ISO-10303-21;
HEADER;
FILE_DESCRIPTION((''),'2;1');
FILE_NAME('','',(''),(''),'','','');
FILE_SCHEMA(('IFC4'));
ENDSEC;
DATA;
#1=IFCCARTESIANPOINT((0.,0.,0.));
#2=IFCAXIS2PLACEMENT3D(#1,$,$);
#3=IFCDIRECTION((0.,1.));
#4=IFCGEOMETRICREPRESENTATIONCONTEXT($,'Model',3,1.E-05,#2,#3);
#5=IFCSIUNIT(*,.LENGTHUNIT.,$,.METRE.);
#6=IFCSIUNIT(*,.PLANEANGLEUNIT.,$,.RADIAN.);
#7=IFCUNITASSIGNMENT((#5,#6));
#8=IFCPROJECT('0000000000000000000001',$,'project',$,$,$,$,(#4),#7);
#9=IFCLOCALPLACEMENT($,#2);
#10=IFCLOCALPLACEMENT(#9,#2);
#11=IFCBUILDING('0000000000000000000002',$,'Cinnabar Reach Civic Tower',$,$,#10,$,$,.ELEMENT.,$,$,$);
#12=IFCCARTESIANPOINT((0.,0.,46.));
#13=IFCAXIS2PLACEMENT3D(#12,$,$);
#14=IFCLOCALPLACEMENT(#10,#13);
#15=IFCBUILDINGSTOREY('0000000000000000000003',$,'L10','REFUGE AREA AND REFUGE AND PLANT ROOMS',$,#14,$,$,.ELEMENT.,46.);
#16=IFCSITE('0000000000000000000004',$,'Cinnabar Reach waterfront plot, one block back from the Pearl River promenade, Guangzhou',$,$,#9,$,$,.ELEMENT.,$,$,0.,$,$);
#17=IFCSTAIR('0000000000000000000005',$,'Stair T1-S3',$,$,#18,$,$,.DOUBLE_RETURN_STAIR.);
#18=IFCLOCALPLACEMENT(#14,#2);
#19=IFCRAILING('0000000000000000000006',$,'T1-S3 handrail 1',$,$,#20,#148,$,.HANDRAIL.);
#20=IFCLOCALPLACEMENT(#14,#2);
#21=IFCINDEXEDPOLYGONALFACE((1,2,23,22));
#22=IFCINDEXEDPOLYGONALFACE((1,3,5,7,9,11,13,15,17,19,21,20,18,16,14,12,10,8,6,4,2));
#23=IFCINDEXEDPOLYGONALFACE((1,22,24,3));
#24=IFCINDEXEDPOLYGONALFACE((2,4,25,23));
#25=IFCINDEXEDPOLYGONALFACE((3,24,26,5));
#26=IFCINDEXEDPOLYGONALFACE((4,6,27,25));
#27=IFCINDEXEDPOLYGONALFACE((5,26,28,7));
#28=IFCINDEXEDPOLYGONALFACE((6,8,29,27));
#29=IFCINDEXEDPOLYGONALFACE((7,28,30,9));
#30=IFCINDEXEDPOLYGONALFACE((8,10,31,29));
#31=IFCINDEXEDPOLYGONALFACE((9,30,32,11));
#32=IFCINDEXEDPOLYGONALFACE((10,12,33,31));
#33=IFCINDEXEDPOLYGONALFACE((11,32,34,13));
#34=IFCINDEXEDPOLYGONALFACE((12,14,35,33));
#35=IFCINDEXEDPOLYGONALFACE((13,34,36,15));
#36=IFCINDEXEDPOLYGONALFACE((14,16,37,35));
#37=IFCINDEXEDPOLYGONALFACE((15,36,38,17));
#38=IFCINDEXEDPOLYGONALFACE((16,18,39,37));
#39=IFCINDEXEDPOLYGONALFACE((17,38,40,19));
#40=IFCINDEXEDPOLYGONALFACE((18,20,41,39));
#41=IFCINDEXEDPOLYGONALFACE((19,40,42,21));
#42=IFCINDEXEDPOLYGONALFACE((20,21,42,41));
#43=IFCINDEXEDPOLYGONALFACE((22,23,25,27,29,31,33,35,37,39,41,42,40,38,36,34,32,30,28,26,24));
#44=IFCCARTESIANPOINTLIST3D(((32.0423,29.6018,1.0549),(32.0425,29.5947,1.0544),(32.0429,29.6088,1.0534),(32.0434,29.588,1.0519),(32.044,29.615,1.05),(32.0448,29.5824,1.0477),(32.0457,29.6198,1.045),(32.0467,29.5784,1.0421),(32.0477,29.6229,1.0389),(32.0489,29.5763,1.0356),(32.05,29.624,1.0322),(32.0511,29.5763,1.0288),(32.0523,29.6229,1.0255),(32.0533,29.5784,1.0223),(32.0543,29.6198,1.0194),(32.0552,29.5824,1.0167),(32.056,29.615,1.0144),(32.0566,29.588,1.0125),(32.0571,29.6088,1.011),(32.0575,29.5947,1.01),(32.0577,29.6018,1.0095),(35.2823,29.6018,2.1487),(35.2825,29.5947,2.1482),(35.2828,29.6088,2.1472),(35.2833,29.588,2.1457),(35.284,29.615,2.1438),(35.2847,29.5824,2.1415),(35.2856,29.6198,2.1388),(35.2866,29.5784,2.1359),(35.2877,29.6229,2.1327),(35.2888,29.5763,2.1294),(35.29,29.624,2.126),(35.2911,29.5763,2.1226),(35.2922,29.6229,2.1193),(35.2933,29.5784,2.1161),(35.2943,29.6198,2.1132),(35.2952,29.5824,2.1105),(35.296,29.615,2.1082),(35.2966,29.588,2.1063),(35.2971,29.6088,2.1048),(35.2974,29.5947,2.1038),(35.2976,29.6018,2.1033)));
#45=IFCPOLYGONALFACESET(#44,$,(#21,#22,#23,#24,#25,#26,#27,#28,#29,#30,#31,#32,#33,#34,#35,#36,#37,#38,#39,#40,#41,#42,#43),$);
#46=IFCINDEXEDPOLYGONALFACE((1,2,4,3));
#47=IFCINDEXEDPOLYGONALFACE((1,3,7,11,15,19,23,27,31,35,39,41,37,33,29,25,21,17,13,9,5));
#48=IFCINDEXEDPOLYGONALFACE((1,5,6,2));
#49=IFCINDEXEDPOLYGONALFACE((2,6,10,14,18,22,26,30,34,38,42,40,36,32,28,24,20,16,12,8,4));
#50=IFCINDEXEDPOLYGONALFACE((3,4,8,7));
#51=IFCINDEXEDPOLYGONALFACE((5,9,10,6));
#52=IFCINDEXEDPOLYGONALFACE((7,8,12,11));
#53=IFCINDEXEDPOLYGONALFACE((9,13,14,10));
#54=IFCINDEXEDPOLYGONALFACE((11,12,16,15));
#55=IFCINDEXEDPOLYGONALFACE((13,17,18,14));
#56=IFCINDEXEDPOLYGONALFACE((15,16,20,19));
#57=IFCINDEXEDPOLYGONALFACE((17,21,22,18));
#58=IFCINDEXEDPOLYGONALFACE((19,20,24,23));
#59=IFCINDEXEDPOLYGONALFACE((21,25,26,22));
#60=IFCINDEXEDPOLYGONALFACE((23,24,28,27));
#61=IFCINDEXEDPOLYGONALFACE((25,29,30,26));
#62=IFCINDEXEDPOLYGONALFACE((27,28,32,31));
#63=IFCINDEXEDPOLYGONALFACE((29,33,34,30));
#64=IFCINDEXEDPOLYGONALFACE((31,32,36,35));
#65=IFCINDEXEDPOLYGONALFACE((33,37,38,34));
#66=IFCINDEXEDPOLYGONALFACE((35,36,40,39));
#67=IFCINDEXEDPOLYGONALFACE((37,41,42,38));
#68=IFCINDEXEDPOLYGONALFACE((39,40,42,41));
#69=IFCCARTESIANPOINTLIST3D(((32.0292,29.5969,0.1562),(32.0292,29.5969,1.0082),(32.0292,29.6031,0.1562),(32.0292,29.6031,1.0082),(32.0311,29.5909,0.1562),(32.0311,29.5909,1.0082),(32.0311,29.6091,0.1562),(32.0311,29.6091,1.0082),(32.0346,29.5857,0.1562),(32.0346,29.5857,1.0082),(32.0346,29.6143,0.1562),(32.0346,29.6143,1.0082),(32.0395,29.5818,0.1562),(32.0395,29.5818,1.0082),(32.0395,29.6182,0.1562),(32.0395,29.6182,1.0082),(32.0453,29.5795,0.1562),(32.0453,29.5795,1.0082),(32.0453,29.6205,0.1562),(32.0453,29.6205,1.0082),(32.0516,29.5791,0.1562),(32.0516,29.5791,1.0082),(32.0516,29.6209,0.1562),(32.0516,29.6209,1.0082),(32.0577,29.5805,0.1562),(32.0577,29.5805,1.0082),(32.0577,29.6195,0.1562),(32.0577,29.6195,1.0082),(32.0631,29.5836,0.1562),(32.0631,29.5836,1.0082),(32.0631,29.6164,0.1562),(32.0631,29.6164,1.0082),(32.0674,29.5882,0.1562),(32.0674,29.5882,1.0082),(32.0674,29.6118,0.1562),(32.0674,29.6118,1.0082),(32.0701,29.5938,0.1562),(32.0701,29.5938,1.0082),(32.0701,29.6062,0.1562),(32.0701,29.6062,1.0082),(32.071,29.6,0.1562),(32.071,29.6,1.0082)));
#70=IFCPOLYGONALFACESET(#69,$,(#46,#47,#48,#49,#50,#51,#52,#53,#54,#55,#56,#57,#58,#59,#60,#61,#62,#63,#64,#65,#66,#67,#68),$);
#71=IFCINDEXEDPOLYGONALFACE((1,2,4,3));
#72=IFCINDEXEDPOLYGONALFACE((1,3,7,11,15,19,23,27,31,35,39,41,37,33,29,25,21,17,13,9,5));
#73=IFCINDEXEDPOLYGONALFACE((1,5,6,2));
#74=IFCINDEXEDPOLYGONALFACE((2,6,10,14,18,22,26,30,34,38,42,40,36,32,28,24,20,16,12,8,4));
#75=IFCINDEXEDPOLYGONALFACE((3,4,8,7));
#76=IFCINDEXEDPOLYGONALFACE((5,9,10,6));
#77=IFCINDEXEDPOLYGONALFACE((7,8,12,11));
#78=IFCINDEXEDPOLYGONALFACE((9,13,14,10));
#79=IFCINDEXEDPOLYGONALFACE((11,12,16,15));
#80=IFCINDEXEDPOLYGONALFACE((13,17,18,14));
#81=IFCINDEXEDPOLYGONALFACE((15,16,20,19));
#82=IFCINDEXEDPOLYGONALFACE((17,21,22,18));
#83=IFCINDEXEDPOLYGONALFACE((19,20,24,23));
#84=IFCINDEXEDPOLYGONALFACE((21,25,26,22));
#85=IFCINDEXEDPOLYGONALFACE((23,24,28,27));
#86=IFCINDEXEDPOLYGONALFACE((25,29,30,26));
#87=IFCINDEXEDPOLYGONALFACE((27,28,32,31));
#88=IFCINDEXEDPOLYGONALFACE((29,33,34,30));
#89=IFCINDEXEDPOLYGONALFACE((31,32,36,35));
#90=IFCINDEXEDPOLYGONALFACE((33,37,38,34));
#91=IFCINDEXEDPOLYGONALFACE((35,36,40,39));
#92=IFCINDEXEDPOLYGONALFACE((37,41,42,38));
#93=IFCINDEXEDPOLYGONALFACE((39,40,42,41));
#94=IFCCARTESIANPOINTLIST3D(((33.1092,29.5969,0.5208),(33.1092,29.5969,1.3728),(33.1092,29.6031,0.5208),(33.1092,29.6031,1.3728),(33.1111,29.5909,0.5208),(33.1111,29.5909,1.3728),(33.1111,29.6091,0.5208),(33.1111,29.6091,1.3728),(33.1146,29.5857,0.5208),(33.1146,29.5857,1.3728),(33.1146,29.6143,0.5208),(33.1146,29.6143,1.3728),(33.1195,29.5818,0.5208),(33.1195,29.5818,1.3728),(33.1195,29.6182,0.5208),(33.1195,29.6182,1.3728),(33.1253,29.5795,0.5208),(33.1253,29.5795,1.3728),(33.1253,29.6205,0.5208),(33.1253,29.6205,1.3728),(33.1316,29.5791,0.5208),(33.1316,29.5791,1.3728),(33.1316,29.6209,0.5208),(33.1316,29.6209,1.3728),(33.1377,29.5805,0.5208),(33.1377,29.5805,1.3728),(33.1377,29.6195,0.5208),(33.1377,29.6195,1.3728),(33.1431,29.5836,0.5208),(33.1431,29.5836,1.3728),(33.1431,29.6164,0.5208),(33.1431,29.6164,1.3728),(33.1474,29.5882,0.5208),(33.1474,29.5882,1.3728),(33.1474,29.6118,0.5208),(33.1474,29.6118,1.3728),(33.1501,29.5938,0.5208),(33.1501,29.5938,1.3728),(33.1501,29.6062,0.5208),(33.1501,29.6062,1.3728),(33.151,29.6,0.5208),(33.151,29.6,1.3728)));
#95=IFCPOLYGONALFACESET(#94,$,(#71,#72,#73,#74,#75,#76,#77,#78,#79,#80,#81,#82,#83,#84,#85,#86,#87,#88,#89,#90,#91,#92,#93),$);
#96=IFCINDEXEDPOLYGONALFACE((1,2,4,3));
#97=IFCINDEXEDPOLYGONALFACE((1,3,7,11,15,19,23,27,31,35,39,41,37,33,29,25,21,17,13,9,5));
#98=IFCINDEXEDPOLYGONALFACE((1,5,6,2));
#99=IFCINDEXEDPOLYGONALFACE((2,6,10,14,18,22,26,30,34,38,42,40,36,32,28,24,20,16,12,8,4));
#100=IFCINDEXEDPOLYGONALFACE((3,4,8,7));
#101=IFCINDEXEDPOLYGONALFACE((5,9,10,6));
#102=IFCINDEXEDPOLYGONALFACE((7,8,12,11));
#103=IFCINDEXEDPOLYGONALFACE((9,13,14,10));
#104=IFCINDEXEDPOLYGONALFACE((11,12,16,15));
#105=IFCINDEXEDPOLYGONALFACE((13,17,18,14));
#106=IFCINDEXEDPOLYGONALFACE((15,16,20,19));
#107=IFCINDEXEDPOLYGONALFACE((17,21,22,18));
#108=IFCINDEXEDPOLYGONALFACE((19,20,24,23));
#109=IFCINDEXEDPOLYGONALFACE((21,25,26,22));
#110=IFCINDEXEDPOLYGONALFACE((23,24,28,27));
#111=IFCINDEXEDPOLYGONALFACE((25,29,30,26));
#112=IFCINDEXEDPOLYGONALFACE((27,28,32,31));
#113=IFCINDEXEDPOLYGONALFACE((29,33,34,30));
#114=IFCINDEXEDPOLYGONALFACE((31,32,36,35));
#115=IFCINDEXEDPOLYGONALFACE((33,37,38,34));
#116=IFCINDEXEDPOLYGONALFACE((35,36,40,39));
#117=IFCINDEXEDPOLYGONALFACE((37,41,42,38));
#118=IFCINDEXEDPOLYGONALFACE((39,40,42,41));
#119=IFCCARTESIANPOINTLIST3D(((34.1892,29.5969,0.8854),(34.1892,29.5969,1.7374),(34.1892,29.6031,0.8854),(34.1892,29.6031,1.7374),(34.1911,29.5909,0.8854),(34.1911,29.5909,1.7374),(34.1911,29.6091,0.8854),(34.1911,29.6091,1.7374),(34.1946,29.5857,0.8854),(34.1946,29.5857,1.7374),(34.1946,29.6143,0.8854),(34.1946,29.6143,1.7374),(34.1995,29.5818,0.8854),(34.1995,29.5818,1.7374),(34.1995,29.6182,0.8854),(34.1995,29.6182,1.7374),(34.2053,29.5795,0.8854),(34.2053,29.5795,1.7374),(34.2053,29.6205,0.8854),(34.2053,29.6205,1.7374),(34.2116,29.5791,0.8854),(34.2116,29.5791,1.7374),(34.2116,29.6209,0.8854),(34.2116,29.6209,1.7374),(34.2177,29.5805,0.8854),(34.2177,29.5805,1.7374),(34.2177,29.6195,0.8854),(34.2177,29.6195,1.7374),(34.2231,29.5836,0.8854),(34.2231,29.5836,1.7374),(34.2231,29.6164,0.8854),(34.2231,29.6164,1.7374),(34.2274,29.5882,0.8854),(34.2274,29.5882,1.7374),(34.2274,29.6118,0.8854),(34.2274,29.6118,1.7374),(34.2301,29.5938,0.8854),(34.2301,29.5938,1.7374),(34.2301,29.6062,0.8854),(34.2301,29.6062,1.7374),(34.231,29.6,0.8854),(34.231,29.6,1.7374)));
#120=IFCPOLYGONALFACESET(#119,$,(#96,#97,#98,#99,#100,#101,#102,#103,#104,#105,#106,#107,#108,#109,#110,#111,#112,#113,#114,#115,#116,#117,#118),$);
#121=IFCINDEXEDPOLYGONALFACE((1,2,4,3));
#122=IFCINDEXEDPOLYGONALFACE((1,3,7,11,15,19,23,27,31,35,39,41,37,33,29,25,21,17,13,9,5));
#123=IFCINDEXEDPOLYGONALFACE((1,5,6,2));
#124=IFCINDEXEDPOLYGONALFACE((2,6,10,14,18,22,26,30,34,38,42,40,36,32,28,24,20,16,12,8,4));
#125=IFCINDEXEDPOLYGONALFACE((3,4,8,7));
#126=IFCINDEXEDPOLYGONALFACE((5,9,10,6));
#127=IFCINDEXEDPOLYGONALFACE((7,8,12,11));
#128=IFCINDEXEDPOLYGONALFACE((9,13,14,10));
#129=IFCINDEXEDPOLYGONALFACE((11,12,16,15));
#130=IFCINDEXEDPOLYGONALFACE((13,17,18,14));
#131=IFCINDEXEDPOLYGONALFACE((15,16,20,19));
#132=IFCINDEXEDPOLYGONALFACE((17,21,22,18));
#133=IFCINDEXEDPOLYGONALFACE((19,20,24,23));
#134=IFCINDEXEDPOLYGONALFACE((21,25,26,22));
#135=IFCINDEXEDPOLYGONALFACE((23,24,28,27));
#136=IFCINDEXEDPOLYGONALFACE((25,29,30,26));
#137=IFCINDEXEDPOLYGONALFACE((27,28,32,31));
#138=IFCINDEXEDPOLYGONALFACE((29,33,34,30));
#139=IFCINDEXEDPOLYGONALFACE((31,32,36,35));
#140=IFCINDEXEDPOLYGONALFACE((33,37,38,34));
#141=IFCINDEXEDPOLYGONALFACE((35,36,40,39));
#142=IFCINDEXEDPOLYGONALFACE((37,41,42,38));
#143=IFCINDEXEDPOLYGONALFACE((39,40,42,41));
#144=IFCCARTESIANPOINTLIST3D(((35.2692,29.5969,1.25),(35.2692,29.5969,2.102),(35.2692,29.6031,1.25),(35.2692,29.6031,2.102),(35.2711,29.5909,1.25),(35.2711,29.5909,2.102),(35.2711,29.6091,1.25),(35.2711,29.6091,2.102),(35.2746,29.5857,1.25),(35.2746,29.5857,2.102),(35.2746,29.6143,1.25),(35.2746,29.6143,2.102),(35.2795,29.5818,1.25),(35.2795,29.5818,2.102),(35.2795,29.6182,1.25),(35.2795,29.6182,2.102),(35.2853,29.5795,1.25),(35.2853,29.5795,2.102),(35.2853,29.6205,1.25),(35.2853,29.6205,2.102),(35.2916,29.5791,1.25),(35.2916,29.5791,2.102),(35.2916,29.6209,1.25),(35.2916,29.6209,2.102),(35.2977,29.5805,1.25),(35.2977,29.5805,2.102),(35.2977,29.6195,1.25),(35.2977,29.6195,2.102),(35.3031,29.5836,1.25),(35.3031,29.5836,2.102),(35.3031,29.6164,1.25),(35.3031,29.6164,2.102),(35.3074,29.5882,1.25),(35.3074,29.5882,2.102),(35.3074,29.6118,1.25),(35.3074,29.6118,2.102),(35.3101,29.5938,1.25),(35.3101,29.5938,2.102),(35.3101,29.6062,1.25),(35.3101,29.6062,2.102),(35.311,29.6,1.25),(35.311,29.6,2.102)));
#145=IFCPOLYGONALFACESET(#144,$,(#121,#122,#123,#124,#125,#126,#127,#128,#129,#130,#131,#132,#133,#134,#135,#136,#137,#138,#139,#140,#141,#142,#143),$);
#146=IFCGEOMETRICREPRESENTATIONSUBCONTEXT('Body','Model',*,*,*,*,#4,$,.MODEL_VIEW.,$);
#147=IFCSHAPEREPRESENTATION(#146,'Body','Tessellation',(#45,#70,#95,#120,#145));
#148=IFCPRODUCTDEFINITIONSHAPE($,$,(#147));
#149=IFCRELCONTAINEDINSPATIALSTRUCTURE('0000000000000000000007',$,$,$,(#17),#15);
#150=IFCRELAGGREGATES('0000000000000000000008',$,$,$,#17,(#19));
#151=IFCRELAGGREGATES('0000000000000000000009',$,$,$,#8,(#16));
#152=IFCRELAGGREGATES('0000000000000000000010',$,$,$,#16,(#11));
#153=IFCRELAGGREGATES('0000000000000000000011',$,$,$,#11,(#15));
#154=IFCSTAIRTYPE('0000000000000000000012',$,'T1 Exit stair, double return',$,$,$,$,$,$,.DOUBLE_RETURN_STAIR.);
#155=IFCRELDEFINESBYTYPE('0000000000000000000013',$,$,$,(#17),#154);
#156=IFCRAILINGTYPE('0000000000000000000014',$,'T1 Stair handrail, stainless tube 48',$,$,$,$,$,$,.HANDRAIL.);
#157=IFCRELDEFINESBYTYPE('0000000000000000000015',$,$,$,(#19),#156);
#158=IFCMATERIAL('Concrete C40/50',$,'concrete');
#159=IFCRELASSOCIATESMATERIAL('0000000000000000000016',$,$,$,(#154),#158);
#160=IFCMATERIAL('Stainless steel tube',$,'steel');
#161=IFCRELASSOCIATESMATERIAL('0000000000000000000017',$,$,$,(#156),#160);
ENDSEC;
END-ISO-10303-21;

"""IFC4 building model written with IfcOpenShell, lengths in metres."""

from ifc_helpers import new_model, si_unit, direction, frame, origin, origin_2d, place, context, subcontext, project, spatial, circle, extrude, material, type_object, element, aggregate, save


model = new_model("IFC4")

# Units and contexts
model_context = context("Model", 3, precision=1e-05, world=origin(), true_north=direction((0.0, 1.0)))
body_context = subcontext(model_context, "Body", "Model", "MODEL_VIEW")
ifc_project = project(units=[si_unit("LENGTHUNIT", "METRE"), si_unit("PLANEANGLEUNIT", "RADIAN")], contexts=[model_context])

# Site, building, storey
site_placement = place(None, origin())
site = spatial("IfcSite", under=ifc_project, at=site_placement, Name="Cinnabar Reach waterfront plot, one block back from the Pearl River promenade, Guangzhou", CompositionType="ELEMENT", RefElevation=0.0)
building_placement = place(site_placement, origin())
building = spatial("IfcBuilding", under=site, at=building_placement, Name="Cinnabar Reach Civic Tower", CompositionType="ELEMENT")
storey_placement = place(building_placement, frame((0.0, 0.0, 46.0)))
storey = spatial("IfcBuildingStorey", under=building, at=storey_placement, Name="L10", Description="REFUGE AREA AND REFUGE AND PLANT ROOMS", CompositionType="ELEMENT", Elevation=46.0)

# Stair, railing
ifc_material_1 = material(Name="Concrete C40/50", Category="concrete")
stair_type = type_object("IfcStairType", Name="T1 Exit stair, double return", PredefinedType="DOUBLE_RETURN_STAIR", material=ifc_material_1)
stair_placement = place(storey_placement, origin())
stair = element("IfcStair", 1, at=stair_placement, inside=storey, type_object=stair_type, Name="Stair T1-S3", PredefinedType="DOUBLE_RETURN_STAIR")
ifc_material_2 = material(Name="Stainless steel tube", Category="steel")
railing_type = type_object("IfcRailingType", Name="T1 Stair handrail, stainless tube 48", PredefinedType="HANDRAIL", material=ifc_material_2)
railing_1_placement = place(storey_placement, frame((32.05, 29.6, 0.1562)))
railing_1 = element("IfcRailing", 2, at=railing_1_placement, type_object=railing_type, Name="T1-S3 handrail 1", PredefinedType="HANDRAIL", context=body_context, shape_type="SweptSolid", body=[
    extrude(circle(Radius=0.024, at=origin_2d()), frame((0.0, 0.0, 0.876), z_axis=(0.947466, 0.0, 0.319857), x_axis=(0.0, 1.0, 0.0)), (0.0, 0.0, 1.0), 3.4196),
    extrude(circle(Radius=0.021, at=origin_2d()), origin(), (0.0, 0.0, 1.0), 0.852),
    extrude(circle(Radius=0.021, at=origin_2d()), frame((1.08, 0.0, 0.3646)), (0.0, 0.0, 1.0), 0.852),
    extrude(circle(Radius=0.021, at=origin_2d()), frame((2.16, 0.0, 0.7292)), (0.0, 0.0, 1.0), 0.852),
    extrude(circle(Radius=0.021, at=origin_2d()), frame((3.24, 0.0, 1.0938)), (0.0, 0.0, 1.0), 0.852),
])
aggregate(stair, [railing_1])

save(model, "model.ifc")
